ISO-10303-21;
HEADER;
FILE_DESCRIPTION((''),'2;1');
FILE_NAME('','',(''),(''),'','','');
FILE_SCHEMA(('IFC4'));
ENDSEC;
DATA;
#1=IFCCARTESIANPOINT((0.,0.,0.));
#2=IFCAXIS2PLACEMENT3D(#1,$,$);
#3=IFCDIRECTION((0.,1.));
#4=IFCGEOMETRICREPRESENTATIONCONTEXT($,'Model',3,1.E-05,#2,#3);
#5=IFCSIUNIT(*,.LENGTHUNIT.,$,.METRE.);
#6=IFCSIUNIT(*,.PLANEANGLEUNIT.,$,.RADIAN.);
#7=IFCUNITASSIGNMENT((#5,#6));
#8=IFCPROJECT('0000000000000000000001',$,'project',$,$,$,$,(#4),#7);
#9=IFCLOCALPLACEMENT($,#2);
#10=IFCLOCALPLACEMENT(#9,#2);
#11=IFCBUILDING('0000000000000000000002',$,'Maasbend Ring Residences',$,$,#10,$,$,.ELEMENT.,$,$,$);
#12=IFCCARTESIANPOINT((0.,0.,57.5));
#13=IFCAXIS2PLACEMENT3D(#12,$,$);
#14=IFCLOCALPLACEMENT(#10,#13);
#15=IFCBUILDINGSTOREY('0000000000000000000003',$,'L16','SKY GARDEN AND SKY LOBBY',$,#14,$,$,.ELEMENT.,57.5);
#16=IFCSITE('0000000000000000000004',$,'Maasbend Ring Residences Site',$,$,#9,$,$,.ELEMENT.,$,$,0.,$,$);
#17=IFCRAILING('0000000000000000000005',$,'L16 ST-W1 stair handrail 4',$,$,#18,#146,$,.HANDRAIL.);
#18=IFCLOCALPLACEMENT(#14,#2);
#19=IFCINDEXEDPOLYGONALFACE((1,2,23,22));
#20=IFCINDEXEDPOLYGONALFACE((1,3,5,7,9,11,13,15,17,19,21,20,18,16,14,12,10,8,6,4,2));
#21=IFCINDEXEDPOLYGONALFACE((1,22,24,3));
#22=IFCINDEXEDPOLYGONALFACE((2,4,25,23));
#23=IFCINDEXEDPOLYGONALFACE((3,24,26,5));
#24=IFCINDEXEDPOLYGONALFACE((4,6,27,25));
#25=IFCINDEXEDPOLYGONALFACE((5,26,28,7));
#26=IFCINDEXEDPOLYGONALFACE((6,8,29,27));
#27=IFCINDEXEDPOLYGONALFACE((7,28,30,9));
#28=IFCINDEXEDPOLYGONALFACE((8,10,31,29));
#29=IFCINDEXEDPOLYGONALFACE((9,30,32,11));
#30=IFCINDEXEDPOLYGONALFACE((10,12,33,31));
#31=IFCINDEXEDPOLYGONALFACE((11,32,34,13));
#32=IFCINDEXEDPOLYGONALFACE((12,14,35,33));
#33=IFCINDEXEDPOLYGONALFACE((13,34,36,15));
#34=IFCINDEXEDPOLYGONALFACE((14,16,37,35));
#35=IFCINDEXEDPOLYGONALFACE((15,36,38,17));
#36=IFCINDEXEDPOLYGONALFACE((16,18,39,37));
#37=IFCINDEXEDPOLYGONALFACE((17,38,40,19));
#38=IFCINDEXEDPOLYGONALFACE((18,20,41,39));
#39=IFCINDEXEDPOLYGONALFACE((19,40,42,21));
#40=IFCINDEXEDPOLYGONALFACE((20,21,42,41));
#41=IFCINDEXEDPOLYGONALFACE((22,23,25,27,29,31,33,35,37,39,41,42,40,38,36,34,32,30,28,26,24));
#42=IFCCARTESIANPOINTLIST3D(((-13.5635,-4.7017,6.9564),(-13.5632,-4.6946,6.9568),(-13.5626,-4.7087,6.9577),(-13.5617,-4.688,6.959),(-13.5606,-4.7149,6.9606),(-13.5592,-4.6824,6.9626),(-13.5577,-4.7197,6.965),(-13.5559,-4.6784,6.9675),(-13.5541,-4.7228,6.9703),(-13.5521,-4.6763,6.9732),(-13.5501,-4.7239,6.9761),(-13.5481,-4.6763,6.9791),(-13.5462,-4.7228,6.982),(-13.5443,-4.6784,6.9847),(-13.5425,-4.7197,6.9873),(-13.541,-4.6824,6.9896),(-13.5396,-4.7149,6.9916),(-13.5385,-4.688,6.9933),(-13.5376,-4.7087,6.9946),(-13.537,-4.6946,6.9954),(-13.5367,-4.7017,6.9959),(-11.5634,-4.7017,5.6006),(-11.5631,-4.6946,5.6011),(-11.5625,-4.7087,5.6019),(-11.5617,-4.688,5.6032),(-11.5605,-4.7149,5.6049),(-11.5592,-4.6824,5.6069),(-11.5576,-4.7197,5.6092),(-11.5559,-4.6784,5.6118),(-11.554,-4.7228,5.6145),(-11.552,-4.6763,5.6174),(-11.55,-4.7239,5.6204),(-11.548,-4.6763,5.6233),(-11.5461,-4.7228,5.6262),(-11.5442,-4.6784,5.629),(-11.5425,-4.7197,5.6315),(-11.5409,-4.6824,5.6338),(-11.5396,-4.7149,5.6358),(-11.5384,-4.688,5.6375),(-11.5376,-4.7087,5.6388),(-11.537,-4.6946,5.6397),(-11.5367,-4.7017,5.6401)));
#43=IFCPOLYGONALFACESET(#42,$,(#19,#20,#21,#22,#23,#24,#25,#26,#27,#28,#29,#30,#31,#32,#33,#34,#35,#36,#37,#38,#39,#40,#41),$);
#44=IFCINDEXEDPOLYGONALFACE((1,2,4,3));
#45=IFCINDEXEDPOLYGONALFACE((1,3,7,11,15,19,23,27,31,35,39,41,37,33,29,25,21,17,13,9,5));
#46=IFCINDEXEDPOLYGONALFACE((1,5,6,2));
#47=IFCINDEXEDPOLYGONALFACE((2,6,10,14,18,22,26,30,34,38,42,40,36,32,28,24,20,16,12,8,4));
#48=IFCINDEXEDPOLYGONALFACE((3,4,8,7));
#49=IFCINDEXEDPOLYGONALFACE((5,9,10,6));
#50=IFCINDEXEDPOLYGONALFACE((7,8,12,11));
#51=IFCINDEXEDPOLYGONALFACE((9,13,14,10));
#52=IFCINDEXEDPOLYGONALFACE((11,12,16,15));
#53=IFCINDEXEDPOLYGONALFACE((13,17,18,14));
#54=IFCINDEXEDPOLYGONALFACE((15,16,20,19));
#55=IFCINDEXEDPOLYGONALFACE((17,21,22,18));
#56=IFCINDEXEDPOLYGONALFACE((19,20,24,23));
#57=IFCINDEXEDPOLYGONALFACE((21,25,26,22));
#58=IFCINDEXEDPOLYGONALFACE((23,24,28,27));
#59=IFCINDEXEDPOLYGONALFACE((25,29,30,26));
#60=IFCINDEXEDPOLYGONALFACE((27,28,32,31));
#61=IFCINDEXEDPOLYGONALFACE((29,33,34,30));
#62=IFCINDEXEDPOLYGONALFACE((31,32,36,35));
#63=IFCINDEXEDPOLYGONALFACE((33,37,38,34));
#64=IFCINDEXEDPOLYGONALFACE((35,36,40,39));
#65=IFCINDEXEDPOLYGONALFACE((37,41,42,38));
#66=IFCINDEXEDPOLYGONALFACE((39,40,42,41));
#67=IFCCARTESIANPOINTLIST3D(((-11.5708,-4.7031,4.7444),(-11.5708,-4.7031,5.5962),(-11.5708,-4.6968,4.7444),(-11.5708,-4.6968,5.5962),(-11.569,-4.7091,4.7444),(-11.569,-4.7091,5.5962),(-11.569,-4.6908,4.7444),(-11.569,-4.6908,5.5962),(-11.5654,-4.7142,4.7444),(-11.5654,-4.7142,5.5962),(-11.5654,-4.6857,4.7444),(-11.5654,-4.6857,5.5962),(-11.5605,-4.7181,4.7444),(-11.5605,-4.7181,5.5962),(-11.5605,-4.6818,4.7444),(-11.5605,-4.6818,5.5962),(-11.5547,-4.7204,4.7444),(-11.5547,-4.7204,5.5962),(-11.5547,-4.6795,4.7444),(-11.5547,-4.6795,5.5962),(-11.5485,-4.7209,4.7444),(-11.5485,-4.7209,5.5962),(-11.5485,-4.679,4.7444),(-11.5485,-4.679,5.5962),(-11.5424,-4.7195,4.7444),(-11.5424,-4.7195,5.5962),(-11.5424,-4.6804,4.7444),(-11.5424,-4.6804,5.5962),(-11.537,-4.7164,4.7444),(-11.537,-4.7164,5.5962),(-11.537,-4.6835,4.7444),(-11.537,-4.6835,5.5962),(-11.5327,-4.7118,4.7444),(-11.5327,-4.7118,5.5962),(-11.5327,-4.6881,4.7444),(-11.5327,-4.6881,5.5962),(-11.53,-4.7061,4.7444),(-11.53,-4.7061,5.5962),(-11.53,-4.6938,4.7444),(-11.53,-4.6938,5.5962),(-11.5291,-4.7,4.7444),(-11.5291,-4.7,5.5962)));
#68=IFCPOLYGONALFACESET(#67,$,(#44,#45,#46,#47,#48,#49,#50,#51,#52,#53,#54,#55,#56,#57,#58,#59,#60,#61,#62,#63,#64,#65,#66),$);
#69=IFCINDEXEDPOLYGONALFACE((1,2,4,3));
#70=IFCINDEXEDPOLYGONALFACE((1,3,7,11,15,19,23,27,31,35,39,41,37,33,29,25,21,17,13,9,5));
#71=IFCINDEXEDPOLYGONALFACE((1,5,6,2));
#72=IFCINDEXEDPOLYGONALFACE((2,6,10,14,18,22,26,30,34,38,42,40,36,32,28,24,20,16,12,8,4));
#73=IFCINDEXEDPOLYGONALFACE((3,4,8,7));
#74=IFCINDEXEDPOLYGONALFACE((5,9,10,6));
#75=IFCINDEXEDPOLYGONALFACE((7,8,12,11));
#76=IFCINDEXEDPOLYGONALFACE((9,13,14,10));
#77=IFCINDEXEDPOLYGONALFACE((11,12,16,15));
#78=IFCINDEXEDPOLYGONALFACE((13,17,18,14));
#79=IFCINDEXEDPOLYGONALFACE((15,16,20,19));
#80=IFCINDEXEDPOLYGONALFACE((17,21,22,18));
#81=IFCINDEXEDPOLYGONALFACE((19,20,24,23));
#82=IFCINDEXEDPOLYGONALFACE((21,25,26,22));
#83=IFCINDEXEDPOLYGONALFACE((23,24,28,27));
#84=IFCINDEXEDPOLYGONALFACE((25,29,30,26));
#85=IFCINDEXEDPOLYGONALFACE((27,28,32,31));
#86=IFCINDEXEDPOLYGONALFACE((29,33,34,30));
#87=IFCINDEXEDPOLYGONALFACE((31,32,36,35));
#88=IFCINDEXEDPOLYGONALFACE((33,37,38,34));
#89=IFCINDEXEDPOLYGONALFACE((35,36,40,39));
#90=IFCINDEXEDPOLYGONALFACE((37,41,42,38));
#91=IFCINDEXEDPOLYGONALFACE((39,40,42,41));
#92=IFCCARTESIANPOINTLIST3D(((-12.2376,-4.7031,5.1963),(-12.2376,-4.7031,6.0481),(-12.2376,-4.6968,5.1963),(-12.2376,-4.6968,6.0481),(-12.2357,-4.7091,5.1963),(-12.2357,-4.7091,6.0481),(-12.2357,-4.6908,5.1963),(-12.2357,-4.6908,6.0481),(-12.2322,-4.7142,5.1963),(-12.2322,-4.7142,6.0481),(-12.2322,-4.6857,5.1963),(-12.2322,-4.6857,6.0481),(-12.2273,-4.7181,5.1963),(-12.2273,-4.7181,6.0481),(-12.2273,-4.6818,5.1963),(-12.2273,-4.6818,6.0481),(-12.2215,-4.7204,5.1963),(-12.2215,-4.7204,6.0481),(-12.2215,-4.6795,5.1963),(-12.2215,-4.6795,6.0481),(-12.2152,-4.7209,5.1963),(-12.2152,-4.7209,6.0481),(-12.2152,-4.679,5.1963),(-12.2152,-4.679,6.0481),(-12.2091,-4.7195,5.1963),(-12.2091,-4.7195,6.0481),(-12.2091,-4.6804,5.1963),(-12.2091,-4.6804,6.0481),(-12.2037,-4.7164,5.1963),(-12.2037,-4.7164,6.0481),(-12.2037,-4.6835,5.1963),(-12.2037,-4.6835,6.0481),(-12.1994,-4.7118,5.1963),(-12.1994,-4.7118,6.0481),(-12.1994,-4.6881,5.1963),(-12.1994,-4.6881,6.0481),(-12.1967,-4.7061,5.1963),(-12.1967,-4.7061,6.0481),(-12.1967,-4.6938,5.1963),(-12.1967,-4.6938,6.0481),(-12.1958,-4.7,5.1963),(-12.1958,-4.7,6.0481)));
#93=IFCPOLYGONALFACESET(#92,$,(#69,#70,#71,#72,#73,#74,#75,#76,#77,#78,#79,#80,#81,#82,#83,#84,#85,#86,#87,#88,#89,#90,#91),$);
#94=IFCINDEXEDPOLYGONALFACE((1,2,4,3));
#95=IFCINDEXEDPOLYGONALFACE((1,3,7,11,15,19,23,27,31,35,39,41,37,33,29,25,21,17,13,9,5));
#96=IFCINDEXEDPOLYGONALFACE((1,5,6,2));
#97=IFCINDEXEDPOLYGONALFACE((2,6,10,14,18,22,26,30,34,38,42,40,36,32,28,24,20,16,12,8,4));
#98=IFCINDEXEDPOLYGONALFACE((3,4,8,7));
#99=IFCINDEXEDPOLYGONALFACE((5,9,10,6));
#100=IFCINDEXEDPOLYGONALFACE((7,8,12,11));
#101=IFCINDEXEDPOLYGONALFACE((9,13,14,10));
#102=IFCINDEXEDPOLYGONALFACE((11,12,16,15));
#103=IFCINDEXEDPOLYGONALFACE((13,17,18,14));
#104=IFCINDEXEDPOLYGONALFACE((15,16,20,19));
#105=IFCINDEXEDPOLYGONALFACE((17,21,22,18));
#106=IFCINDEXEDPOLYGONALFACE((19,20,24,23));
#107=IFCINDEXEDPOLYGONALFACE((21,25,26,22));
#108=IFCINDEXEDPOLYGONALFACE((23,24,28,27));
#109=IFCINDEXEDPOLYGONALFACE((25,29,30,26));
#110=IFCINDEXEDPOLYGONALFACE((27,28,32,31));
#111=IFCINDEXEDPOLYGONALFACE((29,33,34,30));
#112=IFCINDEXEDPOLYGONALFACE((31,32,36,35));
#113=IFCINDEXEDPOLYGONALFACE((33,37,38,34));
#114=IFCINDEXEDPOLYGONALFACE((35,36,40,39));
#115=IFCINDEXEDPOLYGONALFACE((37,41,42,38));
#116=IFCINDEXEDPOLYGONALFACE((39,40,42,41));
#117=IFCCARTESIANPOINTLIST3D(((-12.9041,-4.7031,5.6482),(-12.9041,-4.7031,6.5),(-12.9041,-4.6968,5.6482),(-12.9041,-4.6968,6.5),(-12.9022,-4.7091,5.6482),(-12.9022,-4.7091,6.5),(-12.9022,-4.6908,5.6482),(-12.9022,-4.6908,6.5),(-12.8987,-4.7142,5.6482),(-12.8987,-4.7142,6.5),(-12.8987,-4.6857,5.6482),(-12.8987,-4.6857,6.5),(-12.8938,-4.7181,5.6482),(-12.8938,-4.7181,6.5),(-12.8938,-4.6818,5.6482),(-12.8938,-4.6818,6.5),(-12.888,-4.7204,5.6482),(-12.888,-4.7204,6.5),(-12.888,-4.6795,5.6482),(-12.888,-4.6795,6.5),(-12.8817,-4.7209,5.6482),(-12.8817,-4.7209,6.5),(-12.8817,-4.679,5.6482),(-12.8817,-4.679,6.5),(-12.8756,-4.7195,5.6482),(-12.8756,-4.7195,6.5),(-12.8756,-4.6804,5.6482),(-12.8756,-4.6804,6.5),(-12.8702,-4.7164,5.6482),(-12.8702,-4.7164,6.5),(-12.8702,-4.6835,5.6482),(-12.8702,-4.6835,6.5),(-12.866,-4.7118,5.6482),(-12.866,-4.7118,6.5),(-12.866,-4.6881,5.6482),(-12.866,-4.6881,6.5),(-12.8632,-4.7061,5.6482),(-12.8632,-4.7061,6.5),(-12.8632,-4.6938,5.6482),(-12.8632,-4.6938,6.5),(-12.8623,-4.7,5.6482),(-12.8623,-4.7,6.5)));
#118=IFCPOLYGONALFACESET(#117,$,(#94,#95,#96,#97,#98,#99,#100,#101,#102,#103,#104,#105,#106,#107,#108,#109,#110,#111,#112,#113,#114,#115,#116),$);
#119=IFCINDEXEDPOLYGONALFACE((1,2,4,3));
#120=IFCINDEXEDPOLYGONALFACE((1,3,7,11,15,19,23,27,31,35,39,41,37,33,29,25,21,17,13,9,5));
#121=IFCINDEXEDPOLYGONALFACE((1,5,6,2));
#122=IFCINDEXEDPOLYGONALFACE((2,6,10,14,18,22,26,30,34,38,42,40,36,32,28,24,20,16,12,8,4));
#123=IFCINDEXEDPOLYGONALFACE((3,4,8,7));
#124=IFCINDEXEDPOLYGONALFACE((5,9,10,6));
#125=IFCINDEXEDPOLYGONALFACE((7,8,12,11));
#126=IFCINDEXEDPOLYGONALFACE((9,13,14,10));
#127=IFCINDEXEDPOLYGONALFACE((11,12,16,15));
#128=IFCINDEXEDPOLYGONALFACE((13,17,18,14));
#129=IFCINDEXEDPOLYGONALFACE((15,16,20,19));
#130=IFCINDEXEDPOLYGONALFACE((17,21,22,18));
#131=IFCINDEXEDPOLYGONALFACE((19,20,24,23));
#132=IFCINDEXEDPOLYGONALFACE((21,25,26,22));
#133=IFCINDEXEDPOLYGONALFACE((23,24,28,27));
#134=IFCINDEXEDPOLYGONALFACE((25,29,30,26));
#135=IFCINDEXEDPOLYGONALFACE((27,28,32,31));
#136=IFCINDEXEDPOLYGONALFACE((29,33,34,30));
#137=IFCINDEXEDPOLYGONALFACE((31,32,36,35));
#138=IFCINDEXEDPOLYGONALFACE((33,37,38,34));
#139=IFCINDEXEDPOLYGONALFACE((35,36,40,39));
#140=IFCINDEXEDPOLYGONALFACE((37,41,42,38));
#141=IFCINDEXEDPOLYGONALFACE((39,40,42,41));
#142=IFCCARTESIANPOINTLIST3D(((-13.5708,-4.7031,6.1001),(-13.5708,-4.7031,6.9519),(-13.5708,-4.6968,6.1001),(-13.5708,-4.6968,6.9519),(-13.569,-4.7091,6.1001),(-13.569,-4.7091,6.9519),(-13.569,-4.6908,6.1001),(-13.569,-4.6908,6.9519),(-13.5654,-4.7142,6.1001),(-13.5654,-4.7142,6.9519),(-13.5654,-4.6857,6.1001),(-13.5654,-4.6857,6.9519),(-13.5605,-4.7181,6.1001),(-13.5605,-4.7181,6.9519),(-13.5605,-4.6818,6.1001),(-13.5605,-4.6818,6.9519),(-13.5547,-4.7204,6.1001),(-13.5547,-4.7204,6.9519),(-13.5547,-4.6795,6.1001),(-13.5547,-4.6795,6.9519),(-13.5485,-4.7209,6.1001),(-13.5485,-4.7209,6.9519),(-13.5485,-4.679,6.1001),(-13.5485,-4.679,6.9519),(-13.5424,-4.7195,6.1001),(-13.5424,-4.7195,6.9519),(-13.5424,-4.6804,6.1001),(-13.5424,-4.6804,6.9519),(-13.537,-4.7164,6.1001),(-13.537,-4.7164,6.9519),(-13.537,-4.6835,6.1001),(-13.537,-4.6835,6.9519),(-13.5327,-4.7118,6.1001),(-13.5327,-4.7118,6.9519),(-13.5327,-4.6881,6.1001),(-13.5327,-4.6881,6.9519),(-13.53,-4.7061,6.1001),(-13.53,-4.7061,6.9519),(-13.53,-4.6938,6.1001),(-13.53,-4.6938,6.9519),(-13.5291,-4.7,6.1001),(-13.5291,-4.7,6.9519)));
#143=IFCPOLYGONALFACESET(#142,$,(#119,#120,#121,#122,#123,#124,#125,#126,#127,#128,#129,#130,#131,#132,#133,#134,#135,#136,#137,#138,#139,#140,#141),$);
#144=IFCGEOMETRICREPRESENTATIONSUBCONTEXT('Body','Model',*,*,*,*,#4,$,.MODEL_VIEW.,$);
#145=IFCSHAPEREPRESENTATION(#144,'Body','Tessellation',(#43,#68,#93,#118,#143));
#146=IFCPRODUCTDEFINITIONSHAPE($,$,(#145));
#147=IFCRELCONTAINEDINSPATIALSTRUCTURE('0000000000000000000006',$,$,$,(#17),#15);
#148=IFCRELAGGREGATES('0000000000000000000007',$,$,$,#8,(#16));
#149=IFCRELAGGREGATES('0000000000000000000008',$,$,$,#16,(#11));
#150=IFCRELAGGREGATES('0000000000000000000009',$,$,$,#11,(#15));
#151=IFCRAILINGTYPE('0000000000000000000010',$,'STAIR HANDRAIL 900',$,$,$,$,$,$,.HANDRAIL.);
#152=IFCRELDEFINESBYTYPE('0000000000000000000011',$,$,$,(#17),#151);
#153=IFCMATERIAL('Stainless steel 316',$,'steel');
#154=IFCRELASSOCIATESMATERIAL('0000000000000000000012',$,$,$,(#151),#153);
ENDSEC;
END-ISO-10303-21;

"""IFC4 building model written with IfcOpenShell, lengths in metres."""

from ifc_helpers import new_model, si_unit, direction, frame, origin, origin_2d, place, context, subcontext, project, spatial, circle, extrude, material, type_object, element, save


model = new_model("IFC4")

# Units and contexts
model_context = context("Model", 3, precision=1e-05, world=origin(), true_north=direction((0.0, 1.0)))
body_context = subcontext(model_context, "Body", "Model", "MODEL_VIEW")
ifc_project = project(units=[si_unit("LENGTHUNIT", "METRE"), si_unit("PLANEANGLEUNIT", "RADIAN")], contexts=[model_context])

# Site, building, storey
site_placement = place(None, origin())
site = spatial("IfcSite", under=ifc_project, at=site_placement, Name="Maasbend Ring Residences Site", CompositionType="ELEMENT", RefElevation=0.0)
building_placement = place(site_placement, origin())
building = spatial("IfcBuilding", under=site, at=building_placement, Name="Maasbend Ring Residences", CompositionType="ELEMENT")
storey_placement = place(building_placement, frame((0.0, 0.0, 57.5)))
storey = spatial("IfcBuildingStorey", under=building, at=storey_placement, Name="L16", Description="SKY GARDEN AND SKY LOBBY", CompositionType="ELEMENT", Elevation=57.5)

# Railing
ifc_material_1 = material(Name="Stainless steel 316", Category="steel")
railing_type_1 = type_object("IfcRailingType", Name="STAIR HANDRAIL 900", PredefinedType="HANDRAIL", material=ifc_material_1)
railing_1_placement = place(storey_placement, frame((-11.55, -4.7, 4.7444)))
element("IfcRailing", 1, at=railing_1_placement, inside=storey, type_object=railing_type_1, Name="L16 ST-W1 stair handrail 4", PredefinedType="HANDRAIL", context=body_context, shape_type="SweptSolid", body=[
    extrude(circle(Radius=0.0239, at=origin_2d()), frame((0.0, 0.0, 0.876), z_axis=(-0.827751, 0.0, 0.561096), x_axis=(0.0, -1.0, 0.0)), (0.0, 0.0, 1.0), 2.4163),
    extrude(circle(Radius=0.021, at=origin_2d()), origin(), (0.0, 0.0, 1.0), 0.8518),
    extrude(circle(Radius=0.021, at=origin_2d()), frame((-0.6667, 0.0, 0.4519)), (0.0, 0.0, 1.0), 0.8518),
    extrude(circle(Radius=0.021, at=origin_2d()), frame((-1.3333, 0.0, 0.9038)), (0.0, 0.0, 1.0), 0.8518),
    extrude(circle(Radius=0.021, at=origin_2d()), frame((-2.0, 0.0, 1.3557)), (0.0, 0.0, 1.0), 0.8518),
])

save(model, "model.ifc")
